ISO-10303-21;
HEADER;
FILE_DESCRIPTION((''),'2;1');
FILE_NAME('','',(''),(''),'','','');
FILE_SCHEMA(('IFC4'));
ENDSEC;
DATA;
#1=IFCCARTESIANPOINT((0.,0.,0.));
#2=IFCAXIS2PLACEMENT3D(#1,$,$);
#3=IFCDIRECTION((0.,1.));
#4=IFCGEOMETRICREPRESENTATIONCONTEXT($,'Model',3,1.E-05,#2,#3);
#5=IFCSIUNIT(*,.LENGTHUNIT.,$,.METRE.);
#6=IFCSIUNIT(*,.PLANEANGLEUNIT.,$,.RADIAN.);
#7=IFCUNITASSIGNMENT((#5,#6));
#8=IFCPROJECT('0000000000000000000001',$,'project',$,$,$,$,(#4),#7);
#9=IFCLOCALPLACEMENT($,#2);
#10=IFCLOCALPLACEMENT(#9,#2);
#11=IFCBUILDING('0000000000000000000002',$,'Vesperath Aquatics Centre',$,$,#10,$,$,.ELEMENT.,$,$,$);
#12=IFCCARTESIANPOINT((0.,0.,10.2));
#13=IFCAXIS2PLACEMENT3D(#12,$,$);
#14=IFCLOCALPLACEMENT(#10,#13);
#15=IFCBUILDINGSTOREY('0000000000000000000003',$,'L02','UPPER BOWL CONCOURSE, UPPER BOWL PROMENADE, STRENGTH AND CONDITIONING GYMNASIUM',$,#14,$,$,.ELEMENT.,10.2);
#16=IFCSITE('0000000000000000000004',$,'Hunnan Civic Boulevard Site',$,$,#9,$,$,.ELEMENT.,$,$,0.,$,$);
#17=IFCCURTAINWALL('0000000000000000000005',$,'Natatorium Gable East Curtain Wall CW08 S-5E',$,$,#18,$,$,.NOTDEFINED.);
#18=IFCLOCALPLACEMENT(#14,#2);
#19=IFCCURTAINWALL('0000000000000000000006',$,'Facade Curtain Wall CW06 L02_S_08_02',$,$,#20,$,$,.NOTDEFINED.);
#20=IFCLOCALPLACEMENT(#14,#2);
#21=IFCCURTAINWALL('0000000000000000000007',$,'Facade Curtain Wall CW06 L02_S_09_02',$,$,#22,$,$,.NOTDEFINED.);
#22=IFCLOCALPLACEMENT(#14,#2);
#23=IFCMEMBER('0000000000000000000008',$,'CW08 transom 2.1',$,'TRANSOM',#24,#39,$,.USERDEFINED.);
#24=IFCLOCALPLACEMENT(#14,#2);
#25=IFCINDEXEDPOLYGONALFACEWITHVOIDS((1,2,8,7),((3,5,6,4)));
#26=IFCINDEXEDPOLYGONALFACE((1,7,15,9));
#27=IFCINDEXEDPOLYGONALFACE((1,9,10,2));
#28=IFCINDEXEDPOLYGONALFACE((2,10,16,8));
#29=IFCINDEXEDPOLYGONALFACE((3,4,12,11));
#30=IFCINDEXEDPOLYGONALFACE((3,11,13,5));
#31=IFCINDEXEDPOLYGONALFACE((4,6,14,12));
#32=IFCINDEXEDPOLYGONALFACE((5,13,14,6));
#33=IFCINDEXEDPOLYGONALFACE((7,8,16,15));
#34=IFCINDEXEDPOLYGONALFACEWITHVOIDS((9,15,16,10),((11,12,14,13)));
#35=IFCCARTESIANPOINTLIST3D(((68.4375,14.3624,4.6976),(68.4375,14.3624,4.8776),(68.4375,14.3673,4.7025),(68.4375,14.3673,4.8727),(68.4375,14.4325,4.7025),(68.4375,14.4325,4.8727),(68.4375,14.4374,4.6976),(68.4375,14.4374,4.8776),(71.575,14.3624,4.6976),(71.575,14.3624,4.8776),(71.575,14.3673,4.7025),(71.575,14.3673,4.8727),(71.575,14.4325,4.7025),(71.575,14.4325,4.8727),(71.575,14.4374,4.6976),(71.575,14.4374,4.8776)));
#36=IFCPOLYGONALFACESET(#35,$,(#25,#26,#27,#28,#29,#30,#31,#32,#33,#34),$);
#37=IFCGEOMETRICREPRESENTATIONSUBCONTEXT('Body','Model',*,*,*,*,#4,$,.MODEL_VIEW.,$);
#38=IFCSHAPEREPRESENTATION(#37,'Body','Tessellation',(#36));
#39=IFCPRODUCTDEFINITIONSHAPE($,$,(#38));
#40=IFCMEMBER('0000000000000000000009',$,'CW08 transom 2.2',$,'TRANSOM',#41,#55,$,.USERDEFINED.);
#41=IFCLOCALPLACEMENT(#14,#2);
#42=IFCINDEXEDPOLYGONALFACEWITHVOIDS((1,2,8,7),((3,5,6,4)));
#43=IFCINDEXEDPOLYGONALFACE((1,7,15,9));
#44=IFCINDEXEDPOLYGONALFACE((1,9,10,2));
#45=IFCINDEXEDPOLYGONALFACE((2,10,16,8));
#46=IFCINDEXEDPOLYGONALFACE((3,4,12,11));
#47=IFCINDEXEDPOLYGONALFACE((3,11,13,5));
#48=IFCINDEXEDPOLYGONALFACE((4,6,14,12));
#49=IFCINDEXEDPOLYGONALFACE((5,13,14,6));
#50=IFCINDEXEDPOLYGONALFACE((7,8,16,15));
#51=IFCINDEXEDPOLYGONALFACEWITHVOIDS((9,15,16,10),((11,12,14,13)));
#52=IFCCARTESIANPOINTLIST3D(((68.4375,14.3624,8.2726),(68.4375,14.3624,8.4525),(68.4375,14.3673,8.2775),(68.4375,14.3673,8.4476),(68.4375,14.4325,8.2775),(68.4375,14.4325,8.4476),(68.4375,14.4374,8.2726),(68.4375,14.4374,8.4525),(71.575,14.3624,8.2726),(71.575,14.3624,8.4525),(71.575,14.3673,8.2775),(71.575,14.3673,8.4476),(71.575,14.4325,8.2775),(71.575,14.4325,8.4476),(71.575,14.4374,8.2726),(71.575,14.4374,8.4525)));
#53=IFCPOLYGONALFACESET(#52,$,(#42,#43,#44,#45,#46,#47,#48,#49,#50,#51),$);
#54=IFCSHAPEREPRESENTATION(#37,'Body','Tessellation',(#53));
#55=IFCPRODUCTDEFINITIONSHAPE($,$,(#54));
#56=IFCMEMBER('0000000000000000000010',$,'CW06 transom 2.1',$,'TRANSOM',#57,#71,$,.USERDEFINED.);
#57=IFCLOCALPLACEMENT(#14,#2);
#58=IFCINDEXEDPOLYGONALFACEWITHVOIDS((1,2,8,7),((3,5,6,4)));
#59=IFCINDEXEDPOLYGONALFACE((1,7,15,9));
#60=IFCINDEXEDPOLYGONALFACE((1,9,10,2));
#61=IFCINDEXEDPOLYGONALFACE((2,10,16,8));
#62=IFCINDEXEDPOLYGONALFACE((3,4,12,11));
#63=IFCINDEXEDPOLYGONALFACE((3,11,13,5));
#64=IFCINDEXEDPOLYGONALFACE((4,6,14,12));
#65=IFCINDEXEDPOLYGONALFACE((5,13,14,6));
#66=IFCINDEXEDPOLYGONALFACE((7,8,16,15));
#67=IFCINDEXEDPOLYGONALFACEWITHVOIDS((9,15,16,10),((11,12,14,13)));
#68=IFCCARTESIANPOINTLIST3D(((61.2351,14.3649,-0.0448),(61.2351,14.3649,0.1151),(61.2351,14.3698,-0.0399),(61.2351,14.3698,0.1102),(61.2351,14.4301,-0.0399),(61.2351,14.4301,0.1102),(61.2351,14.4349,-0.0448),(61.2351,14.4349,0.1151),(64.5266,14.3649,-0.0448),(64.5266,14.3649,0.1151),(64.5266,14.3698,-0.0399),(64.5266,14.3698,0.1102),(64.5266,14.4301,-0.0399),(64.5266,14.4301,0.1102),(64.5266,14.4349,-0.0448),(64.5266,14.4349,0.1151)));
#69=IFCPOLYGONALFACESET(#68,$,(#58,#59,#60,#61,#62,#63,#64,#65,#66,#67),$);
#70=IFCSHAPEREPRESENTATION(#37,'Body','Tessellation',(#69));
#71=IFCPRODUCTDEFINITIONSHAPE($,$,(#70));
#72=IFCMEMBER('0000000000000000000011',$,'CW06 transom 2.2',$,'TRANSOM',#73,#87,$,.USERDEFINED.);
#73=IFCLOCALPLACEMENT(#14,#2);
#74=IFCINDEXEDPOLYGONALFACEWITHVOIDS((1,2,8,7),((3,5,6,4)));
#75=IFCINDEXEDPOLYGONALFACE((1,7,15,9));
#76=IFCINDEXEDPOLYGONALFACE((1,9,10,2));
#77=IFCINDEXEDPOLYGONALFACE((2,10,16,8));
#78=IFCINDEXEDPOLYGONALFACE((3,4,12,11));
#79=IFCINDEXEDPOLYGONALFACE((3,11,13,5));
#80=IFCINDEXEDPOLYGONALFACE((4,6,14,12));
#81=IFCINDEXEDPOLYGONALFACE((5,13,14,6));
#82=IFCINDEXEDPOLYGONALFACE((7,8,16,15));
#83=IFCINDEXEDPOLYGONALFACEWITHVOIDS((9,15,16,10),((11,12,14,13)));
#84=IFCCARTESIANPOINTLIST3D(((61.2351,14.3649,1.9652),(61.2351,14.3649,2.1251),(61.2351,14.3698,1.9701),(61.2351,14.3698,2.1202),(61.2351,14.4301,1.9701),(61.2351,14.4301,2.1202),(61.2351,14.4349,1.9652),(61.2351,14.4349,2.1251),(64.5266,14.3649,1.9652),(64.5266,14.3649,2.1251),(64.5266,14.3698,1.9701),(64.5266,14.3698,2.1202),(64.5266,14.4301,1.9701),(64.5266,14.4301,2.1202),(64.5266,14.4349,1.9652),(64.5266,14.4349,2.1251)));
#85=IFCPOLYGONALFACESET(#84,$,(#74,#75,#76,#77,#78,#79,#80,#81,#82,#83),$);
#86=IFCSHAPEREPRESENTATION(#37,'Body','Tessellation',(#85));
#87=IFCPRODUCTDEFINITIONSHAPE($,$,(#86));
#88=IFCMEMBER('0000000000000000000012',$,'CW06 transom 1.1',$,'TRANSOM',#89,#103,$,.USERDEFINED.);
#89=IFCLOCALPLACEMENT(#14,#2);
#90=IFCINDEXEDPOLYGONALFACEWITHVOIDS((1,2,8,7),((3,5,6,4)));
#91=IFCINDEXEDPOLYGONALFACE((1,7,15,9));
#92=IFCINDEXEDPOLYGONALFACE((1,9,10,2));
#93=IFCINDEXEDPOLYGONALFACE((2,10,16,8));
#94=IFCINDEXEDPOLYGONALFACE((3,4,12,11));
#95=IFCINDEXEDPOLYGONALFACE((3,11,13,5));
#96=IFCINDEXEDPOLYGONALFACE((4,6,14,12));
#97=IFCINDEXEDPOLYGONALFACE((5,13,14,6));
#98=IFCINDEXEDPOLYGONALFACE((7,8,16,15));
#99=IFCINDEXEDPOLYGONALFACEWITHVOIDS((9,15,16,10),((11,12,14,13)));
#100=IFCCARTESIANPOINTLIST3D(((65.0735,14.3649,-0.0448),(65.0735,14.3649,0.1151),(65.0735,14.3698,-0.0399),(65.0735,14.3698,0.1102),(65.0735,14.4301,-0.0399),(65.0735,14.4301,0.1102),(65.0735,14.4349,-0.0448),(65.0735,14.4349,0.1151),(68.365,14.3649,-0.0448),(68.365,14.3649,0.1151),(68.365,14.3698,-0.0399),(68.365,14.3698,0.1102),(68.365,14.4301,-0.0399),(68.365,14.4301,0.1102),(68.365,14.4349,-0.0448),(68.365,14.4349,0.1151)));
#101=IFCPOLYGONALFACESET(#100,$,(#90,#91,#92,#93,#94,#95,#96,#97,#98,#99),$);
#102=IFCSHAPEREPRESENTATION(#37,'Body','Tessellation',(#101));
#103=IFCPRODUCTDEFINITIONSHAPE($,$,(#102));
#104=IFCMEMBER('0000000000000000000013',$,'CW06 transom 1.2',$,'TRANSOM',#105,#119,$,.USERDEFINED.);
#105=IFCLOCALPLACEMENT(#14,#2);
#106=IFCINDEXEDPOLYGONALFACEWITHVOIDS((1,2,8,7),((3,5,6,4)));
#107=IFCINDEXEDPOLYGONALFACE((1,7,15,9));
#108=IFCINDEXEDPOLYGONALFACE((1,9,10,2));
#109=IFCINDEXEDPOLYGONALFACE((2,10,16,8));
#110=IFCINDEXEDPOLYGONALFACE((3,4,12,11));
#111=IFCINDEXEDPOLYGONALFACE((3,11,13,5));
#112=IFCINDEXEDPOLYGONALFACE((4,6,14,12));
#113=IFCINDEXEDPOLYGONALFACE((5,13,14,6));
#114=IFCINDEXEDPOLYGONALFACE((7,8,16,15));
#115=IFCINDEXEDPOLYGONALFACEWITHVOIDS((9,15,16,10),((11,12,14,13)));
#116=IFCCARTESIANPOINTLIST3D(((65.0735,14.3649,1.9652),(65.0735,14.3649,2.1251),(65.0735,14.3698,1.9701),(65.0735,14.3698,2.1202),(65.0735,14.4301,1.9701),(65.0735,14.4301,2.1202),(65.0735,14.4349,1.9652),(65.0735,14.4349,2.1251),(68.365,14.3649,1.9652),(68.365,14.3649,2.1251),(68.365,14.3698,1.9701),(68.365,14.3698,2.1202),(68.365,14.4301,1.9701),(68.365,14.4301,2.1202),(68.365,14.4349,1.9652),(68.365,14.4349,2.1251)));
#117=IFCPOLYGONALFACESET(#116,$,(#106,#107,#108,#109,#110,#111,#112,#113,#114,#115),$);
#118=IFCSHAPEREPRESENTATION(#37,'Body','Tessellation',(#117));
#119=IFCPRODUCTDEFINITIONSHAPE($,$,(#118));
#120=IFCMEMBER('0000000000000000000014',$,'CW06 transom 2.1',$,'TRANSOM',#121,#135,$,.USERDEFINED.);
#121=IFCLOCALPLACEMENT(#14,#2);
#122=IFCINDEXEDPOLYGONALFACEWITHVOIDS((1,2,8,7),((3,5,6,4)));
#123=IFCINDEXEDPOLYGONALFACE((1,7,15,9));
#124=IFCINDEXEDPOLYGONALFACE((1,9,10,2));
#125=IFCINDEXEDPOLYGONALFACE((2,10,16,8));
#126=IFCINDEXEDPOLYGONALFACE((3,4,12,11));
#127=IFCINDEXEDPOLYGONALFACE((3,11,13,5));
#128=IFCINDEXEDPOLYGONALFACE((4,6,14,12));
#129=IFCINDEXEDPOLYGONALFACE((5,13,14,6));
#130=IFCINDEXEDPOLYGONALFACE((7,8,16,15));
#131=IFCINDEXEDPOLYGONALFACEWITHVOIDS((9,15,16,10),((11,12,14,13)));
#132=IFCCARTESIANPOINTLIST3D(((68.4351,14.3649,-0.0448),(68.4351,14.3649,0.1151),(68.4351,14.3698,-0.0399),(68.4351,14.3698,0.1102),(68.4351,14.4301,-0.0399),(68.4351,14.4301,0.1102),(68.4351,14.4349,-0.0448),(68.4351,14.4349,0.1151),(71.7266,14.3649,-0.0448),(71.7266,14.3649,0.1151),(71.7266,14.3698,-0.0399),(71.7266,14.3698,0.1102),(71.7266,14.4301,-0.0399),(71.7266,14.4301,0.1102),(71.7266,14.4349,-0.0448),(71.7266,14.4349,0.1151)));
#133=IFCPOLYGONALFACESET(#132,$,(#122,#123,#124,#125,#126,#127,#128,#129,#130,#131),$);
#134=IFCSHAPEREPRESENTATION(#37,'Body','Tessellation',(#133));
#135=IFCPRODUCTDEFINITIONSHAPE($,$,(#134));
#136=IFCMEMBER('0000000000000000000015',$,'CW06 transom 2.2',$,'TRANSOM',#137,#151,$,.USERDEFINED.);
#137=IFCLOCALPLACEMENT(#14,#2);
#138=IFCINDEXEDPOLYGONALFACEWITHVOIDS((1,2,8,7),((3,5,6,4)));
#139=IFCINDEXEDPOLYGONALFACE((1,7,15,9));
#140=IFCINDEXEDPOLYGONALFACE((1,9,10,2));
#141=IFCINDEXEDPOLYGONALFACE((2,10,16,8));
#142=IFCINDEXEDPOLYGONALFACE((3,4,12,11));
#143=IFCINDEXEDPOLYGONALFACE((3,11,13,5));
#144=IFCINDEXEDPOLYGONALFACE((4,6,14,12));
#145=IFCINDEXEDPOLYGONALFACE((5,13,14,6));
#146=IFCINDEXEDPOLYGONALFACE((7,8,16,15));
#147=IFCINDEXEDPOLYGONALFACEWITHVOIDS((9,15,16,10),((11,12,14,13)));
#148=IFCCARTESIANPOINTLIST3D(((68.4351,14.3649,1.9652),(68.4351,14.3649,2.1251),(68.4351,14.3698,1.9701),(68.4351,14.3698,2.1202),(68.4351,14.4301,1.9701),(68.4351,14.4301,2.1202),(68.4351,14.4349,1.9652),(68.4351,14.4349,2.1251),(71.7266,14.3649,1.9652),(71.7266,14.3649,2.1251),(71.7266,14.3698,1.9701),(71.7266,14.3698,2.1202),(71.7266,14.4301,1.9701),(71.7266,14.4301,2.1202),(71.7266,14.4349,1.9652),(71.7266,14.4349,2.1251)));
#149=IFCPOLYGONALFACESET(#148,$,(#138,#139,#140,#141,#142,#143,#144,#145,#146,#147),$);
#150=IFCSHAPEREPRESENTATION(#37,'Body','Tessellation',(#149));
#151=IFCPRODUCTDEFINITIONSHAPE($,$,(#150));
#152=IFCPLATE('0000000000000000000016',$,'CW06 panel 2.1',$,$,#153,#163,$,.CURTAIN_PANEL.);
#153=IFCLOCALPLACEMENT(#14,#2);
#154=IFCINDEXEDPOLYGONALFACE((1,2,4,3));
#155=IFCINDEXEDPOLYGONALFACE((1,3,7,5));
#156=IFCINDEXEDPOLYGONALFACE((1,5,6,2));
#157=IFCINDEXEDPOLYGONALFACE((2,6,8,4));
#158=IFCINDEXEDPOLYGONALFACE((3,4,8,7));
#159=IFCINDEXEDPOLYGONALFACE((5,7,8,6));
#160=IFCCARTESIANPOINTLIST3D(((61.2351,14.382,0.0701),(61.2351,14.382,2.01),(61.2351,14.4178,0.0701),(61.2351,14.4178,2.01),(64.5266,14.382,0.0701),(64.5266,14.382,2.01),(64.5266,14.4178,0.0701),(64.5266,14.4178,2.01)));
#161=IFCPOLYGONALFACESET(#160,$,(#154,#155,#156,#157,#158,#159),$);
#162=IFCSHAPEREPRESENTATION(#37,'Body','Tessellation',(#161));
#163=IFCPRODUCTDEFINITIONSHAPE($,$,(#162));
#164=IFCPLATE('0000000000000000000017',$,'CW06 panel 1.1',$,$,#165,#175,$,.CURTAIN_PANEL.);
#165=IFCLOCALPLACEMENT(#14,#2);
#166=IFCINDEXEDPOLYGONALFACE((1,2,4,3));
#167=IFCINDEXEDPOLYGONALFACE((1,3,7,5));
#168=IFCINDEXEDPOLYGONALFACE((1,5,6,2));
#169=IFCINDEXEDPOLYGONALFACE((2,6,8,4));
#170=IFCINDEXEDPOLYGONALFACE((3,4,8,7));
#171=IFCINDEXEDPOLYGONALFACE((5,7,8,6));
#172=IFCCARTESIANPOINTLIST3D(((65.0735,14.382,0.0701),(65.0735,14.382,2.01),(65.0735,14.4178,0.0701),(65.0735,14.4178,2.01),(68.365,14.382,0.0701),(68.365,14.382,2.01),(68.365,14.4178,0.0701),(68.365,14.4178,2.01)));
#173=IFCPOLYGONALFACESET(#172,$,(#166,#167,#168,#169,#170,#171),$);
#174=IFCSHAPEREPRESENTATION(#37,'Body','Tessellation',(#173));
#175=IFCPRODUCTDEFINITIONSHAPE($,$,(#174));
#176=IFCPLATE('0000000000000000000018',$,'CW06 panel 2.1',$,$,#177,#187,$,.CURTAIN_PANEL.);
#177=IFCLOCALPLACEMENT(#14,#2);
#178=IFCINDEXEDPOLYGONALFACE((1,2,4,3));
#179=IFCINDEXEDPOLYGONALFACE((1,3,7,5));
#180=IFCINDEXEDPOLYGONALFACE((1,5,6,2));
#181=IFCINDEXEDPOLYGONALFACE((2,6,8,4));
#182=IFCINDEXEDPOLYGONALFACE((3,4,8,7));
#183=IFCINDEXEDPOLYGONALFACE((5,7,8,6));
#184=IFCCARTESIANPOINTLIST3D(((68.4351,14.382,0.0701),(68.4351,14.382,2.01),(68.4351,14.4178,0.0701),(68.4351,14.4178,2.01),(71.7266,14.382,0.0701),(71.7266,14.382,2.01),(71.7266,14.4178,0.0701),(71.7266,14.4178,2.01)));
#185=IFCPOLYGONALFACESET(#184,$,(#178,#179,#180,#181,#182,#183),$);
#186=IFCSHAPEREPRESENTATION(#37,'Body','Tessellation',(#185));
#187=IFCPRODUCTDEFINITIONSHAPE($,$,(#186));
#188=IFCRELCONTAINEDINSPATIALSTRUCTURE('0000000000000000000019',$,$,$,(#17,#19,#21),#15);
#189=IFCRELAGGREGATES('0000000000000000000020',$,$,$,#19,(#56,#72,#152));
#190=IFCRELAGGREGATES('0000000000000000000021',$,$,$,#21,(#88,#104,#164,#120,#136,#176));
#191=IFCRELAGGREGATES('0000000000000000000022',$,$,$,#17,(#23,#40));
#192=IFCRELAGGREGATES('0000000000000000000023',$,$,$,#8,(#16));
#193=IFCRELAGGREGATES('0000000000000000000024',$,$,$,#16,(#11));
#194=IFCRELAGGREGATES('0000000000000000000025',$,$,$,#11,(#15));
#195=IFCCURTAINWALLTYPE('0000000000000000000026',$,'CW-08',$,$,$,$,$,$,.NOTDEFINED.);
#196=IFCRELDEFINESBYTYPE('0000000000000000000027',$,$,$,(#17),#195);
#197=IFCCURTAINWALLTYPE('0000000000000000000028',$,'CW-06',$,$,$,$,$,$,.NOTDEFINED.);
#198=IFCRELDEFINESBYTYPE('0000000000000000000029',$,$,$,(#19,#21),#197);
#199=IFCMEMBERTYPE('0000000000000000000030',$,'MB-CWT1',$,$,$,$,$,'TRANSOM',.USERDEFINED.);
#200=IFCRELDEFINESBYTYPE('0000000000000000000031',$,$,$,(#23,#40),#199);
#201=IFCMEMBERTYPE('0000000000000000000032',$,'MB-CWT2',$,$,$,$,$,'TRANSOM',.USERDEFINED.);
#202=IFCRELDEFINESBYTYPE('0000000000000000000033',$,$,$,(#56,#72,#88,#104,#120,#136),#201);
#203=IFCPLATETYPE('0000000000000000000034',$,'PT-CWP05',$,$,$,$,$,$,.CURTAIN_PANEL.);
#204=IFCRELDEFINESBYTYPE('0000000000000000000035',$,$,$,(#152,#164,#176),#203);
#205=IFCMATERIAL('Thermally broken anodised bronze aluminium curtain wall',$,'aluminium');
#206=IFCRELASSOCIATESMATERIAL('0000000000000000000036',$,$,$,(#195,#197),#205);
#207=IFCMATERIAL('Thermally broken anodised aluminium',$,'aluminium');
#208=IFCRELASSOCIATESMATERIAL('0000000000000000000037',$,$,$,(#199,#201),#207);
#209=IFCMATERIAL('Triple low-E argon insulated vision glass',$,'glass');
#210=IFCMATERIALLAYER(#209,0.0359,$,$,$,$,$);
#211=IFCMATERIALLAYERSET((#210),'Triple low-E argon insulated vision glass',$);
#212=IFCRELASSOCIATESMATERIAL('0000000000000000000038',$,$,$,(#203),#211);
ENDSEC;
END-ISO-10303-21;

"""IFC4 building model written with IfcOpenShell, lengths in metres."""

from ifc_helpers import new_model, si_unit, direction, frame, origin, origin_2d, place, context, subcontext, project, spatial, rectangle, hollow_rectangle, extrude, material, layer, layer_set, material_profile, profile_set, type_object, element, aggregate, save


model = new_model("IFC4")

# Units and contexts
model_context = context("Model", 3, precision=1e-05, world=origin(), true_north=direction((0.0, 1.0)))
body_context = subcontext(model_context, "Body", "Model", "MODEL_VIEW")
ifc_project = project(units=[si_unit("LENGTHUNIT", "METRE"), si_unit("PLANEANGLEUNIT", "RADIAN")], contexts=[model_context])

# Site, building, storey
site_placement = place(None, origin())
site = spatial("IfcSite", under=ifc_project, at=site_placement, Name="Hunnan Civic Boulevard Site", CompositionType="ELEMENT", RefElevation=0.0)
building_placement = place(site_placement, origin())
building = spatial("IfcBuilding", under=site, at=building_placement, Name="Vesperath Aquatics Centre", CompositionType="ELEMENT")
storey_placement = place(building_placement, frame((0.0, 0.0, 10.2)))
storey = spatial("IfcBuildingStorey", under=building, at=storey_placement, Name="L02", Description="UPPER BOWL CONCOURSE, UPPER BOWL PROMENADE, STRENGTH AND CONDITIONING GYMNASIUM", CompositionType="ELEMENT", Elevation=10.2)

# Curtain wall
ifc_material_1 = material(Name="Thermally broken anodised bronze aluminium curtain wall", Category="aluminium")
curtain_wall_type_1 = type_object("IfcCurtainWallType", Name="CW-08", PredefinedType="NOTDEFINED", material=ifc_material_1)
ifc_material_2 = material(Name="Thermally broken anodised aluminium", Category="aluminium")
curtain_wall_1_placement = place(storey_placement, origin())
curtain_wall_1 = element("IfcCurtainWall", 1, at=curtain_wall_1_placement, inside=storey, type_object=curtain_wall_type_1, Name="Natatorium Gable East Curtain Wall CW08 S-5E", PredefinedType="NOTDEFINED")

# Curtain wall
curtain_wall_type_2 = type_object("IfcCurtainWallType", Name="CW-06", PredefinedType="NOTDEFINED", material=ifc_material_1)
curtain_wall_2_placement = place(storey_placement, origin())
curtain_wall_2 = element("IfcCurtainWall", 2, at=curtain_wall_2_placement, inside=storey, type_object=curtain_wall_type_2, Name="Facade Curtain Wall CW06 L02_S_08_02", PredefinedType="NOTDEFINED")

# Curtain wall
curtain_wall_3_placement = place(storey_placement, origin())
curtain_wall_3 = element("IfcCurtainWall", 3, at=curtain_wall_3_placement, inside=storey, type_object=curtain_wall_type_2, Name="Facade Curtain Wall CW06 L02_S_09_02", PredefinedType="NOTDEFINED")

# Members
ifc_material_profile_1 = material_profile(ifc_material_2, hollow_rectangle(XDim=0.075, YDim=0.1799, WallThickness=0.0049, at=origin_2d()), Name="CWT 75x180x5")
ifc_profile_set_1 = profile_set([ifc_material_profile_1], Name="Thermally broken anodised aluminium")
member_type_1 = type_object("IfcMemberType", Name="MB-CWT1", ElementType="TRANSOM", PredefinedType="USERDEFINED", material=ifc_profile_set_1)
member_1_placement = place(storey_placement, frame((68.4375, 14.3999, 4.7876), z_axis=(1.0, 0.0, 0.0), x_axis=(0.0, 1.0, 0.0)))
member_1 = element("IfcMember", 4, at=member_1_placement, type_object=member_type_1, Name="CW08 transom 2.1", ObjectType="TRANSOM", PredefinedType="USERDEFINED", context=body_context, shape_type="SweptSolid", body=[
    extrude(hollow_rectangle(XDim=0.075, YDim=0.1799, WallThickness=0.0049, at=origin_2d()), origin(), (0.0, 0.0, 1.0), 3.1375),
])
member_2_placement = place(storey_placement, frame((68.4375, 14.3999, 8.3625), z_axis=(1.0, 0.0, 0.0), x_axis=(0.0, 1.0, 0.0)))
member_2 = element("IfcMember", 5, at=member_2_placement, type_object=member_type_1, Name="CW08 transom 2.2", ObjectType="TRANSOM", PredefinedType="USERDEFINED", context=body_context, shape_type="SweptSolid", body=[
    extrude(hollow_rectangle(XDim=0.075, YDim=0.1799, WallThickness=0.0049, at=origin_2d()), origin(), (0.0, 0.0, 1.0), 3.1375),
])
ifc_material_profile_2 = material_profile(ifc_material_2, hollow_rectangle(XDim=0.0701, YDim=0.1599, WallThickness=0.0049, at=origin_2d()), Name="CWT 70x160x5")
ifc_profile_set_2 = profile_set([ifc_material_profile_2], Name="Thermally broken anodised aluminium")
member_type_2 = type_object("IfcMemberType", Name="MB-CWT2", ElementType="TRANSOM", PredefinedType="USERDEFINED", material=ifc_profile_set_2)
member_3_placement = place(storey_placement, frame((61.2351, 14.3999, 0.0352), z_axis=(1.0, 0.0, 0.0), x_axis=(0.0, 1.0, 0.0)))
member_3 = element("IfcMember", 6, at=member_3_placement, type_object=member_type_2, Name="CW06 transom 2.1", ObjectType="TRANSOM", PredefinedType="USERDEFINED", context=body_context, shape_type="SweptSolid", body=[
    extrude(hollow_rectangle(XDim=0.0701, YDim=0.1599, WallThickness=0.0049, at=origin_2d()), origin(), (0.0, 0.0, 1.0), 3.2915),
])
member_4_placement = place(storey_placement, frame((61.2351, 14.3999, 2.0452), z_axis=(1.0, 0.0, 0.0), x_axis=(0.0, 1.0, 0.0)))
member_4 = element("IfcMember", 7, at=member_4_placement, type_object=member_type_2, Name="CW06 transom 2.2", ObjectType="TRANSOM", PredefinedType="USERDEFINED", context=body_context, shape_type="SweptSolid", body=[
    extrude(hollow_rectangle(XDim=0.0701, YDim=0.1599, WallThickness=0.0049, at=origin_2d()), origin(), (0.0, 0.0, 1.0), 3.2915),
])
member_5_placement = place(storey_placement, frame((65.0735, 14.3999, 0.0352), z_axis=(1.0, 0.0, 0.0), x_axis=(0.0, 1.0, 0.0)))
member_5 = element("IfcMember", 8, at=member_5_placement, type_object=member_type_2, Name="CW06 transom 1.1", ObjectType="TRANSOM", PredefinedType="USERDEFINED", context=body_context, shape_type="SweptSolid", body=[
    extrude(hollow_rectangle(XDim=0.0701, YDim=0.1599, WallThickness=0.0049, at=origin_2d()), origin(), (0.0, 0.0, 1.0), 3.2915),
])
member_6_placement = place(storey_placement, frame((65.0735, 14.3999, 2.0452), z_axis=(1.0, 0.0, 0.0), x_axis=(0.0, 1.0, 0.0)))
member_6 = element("IfcMember", 9, at=member_6_placement, type_object=member_type_2, Name="CW06 transom 1.2", ObjectType="TRANSOM", PredefinedType="USERDEFINED", context=body_context, shape_type="SweptSolid", body=[
    extrude(hollow_rectangle(XDim=0.0701, YDim=0.1599, WallThickness=0.0049, at=origin_2d()), origin(), (0.0, 0.0, 1.0), 3.2915),
])
member_7_placement = place(storey_placement, frame((68.4351, 14.3999, 0.0352), z_axis=(1.0, 0.0, 0.0), x_axis=(0.0, 1.0, 0.0)))
member_7 = element("IfcMember", 10, at=member_7_placement, type_object=member_type_2, Name="CW06 transom 2.1", ObjectType="TRANSOM", PredefinedType="USERDEFINED", context=body_context, shape_type="SweptSolid", body=[
    extrude(hollow_rectangle(XDim=0.0701, YDim=0.1599, WallThickness=0.0049, at=origin_2d()), origin(), (0.0, 0.0, 1.0), 3.2915),
])
member_8_placement = place(storey_placement, frame((68.4351, 14.3999, 2.0452), z_axis=(1.0, 0.0, 0.0), x_axis=(0.0, 1.0, 0.0)))
member_8 = element("IfcMember", 11, at=member_8_placement, type_object=member_type_2, Name="CW06 transom 2.2", ObjectType="TRANSOM", PredefinedType="USERDEFINED", context=body_context, shape_type="SweptSolid", body=[
    extrude(hollow_rectangle(XDim=0.0701, YDim=0.1599, WallThickness=0.0049, at=origin_2d()), origin(), (0.0, 0.0, 1.0), 3.2915),
])

# Plates
ifc_material_3 = material(Name="Triple low-E argon insulated vision glass", Category="glass")
ifc_layer_1 = layer(ifc_material_3, 0.0359)
ifc_layer_set_1 = layer_set([ifc_layer_1], Name="Triple low-E argon insulated vision glass")
plate_type_1 = type_object("IfcPlateType", Name="PT-CWP05", PredefinedType="CURTAIN_PANEL", material=ifc_layer_set_1)
plate_1_placement = place(storey_placement, frame((62.8809, 14.3999, 0.0701), z_axis=(0.0, 0.0, 1.0), x_axis=(1.0, 0.0, 0.0)))
plate_1 = element("IfcPlate", 12, at=plate_1_placement, type_object=plate_type_1, Name="CW06 panel 2.1", PredefinedType="CURTAIN_PANEL", context=body_context, shape_type="SweptSolid", body=[
    extrude(rectangle(XDim=3.2915, YDim=0.0359, at=origin_2d()), origin(), (0.0, 0.0, 1.0), 1.9399),
])
aggregate(curtain_wall_2, [member_3, member_4, plate_1])
plate_2_placement = place(storey_placement, frame((66.7192, 14.3999, 0.0701), z_axis=(0.0, 0.0, 1.0), x_axis=(1.0, 0.0, 0.0)))
plate_2 = element("IfcPlate", 13, at=plate_2_placement, type_object=plate_type_1, Name="CW06 panel 1.1", PredefinedType="CURTAIN_PANEL", context=body_context, shape_type="SweptSolid", body=[
    extrude(rectangle(XDim=3.2915, YDim=0.0359, at=origin_2d()), origin(), (0.0, 0.0, 1.0), 1.9399),
])
plate_3_placement = place(storey_placement, frame((70.0808, 14.3999, 0.0701), z_axis=(0.0, 0.0, 1.0), x_axis=(1.0, 0.0, 0.0)))
plate_3 = element("IfcPlate", 14, at=plate_3_placement, type_object=plate_type_1, Name="CW06 panel 2.1", PredefinedType="CURTAIN_PANEL", context=body_context, shape_type="SweptSolid", body=[
    extrude(rectangle(XDim=3.2915, YDim=0.0359, at=origin_2d()), origin(), (0.0, 0.0, 1.0), 1.9399),
])
aggregate(curtain_wall_3, [member_5, member_6, plate_2, member_7, member_8, plate_3])
aggregate(curtain_wall_1, [member_1, member_2])

save(model, "model.ifc")
